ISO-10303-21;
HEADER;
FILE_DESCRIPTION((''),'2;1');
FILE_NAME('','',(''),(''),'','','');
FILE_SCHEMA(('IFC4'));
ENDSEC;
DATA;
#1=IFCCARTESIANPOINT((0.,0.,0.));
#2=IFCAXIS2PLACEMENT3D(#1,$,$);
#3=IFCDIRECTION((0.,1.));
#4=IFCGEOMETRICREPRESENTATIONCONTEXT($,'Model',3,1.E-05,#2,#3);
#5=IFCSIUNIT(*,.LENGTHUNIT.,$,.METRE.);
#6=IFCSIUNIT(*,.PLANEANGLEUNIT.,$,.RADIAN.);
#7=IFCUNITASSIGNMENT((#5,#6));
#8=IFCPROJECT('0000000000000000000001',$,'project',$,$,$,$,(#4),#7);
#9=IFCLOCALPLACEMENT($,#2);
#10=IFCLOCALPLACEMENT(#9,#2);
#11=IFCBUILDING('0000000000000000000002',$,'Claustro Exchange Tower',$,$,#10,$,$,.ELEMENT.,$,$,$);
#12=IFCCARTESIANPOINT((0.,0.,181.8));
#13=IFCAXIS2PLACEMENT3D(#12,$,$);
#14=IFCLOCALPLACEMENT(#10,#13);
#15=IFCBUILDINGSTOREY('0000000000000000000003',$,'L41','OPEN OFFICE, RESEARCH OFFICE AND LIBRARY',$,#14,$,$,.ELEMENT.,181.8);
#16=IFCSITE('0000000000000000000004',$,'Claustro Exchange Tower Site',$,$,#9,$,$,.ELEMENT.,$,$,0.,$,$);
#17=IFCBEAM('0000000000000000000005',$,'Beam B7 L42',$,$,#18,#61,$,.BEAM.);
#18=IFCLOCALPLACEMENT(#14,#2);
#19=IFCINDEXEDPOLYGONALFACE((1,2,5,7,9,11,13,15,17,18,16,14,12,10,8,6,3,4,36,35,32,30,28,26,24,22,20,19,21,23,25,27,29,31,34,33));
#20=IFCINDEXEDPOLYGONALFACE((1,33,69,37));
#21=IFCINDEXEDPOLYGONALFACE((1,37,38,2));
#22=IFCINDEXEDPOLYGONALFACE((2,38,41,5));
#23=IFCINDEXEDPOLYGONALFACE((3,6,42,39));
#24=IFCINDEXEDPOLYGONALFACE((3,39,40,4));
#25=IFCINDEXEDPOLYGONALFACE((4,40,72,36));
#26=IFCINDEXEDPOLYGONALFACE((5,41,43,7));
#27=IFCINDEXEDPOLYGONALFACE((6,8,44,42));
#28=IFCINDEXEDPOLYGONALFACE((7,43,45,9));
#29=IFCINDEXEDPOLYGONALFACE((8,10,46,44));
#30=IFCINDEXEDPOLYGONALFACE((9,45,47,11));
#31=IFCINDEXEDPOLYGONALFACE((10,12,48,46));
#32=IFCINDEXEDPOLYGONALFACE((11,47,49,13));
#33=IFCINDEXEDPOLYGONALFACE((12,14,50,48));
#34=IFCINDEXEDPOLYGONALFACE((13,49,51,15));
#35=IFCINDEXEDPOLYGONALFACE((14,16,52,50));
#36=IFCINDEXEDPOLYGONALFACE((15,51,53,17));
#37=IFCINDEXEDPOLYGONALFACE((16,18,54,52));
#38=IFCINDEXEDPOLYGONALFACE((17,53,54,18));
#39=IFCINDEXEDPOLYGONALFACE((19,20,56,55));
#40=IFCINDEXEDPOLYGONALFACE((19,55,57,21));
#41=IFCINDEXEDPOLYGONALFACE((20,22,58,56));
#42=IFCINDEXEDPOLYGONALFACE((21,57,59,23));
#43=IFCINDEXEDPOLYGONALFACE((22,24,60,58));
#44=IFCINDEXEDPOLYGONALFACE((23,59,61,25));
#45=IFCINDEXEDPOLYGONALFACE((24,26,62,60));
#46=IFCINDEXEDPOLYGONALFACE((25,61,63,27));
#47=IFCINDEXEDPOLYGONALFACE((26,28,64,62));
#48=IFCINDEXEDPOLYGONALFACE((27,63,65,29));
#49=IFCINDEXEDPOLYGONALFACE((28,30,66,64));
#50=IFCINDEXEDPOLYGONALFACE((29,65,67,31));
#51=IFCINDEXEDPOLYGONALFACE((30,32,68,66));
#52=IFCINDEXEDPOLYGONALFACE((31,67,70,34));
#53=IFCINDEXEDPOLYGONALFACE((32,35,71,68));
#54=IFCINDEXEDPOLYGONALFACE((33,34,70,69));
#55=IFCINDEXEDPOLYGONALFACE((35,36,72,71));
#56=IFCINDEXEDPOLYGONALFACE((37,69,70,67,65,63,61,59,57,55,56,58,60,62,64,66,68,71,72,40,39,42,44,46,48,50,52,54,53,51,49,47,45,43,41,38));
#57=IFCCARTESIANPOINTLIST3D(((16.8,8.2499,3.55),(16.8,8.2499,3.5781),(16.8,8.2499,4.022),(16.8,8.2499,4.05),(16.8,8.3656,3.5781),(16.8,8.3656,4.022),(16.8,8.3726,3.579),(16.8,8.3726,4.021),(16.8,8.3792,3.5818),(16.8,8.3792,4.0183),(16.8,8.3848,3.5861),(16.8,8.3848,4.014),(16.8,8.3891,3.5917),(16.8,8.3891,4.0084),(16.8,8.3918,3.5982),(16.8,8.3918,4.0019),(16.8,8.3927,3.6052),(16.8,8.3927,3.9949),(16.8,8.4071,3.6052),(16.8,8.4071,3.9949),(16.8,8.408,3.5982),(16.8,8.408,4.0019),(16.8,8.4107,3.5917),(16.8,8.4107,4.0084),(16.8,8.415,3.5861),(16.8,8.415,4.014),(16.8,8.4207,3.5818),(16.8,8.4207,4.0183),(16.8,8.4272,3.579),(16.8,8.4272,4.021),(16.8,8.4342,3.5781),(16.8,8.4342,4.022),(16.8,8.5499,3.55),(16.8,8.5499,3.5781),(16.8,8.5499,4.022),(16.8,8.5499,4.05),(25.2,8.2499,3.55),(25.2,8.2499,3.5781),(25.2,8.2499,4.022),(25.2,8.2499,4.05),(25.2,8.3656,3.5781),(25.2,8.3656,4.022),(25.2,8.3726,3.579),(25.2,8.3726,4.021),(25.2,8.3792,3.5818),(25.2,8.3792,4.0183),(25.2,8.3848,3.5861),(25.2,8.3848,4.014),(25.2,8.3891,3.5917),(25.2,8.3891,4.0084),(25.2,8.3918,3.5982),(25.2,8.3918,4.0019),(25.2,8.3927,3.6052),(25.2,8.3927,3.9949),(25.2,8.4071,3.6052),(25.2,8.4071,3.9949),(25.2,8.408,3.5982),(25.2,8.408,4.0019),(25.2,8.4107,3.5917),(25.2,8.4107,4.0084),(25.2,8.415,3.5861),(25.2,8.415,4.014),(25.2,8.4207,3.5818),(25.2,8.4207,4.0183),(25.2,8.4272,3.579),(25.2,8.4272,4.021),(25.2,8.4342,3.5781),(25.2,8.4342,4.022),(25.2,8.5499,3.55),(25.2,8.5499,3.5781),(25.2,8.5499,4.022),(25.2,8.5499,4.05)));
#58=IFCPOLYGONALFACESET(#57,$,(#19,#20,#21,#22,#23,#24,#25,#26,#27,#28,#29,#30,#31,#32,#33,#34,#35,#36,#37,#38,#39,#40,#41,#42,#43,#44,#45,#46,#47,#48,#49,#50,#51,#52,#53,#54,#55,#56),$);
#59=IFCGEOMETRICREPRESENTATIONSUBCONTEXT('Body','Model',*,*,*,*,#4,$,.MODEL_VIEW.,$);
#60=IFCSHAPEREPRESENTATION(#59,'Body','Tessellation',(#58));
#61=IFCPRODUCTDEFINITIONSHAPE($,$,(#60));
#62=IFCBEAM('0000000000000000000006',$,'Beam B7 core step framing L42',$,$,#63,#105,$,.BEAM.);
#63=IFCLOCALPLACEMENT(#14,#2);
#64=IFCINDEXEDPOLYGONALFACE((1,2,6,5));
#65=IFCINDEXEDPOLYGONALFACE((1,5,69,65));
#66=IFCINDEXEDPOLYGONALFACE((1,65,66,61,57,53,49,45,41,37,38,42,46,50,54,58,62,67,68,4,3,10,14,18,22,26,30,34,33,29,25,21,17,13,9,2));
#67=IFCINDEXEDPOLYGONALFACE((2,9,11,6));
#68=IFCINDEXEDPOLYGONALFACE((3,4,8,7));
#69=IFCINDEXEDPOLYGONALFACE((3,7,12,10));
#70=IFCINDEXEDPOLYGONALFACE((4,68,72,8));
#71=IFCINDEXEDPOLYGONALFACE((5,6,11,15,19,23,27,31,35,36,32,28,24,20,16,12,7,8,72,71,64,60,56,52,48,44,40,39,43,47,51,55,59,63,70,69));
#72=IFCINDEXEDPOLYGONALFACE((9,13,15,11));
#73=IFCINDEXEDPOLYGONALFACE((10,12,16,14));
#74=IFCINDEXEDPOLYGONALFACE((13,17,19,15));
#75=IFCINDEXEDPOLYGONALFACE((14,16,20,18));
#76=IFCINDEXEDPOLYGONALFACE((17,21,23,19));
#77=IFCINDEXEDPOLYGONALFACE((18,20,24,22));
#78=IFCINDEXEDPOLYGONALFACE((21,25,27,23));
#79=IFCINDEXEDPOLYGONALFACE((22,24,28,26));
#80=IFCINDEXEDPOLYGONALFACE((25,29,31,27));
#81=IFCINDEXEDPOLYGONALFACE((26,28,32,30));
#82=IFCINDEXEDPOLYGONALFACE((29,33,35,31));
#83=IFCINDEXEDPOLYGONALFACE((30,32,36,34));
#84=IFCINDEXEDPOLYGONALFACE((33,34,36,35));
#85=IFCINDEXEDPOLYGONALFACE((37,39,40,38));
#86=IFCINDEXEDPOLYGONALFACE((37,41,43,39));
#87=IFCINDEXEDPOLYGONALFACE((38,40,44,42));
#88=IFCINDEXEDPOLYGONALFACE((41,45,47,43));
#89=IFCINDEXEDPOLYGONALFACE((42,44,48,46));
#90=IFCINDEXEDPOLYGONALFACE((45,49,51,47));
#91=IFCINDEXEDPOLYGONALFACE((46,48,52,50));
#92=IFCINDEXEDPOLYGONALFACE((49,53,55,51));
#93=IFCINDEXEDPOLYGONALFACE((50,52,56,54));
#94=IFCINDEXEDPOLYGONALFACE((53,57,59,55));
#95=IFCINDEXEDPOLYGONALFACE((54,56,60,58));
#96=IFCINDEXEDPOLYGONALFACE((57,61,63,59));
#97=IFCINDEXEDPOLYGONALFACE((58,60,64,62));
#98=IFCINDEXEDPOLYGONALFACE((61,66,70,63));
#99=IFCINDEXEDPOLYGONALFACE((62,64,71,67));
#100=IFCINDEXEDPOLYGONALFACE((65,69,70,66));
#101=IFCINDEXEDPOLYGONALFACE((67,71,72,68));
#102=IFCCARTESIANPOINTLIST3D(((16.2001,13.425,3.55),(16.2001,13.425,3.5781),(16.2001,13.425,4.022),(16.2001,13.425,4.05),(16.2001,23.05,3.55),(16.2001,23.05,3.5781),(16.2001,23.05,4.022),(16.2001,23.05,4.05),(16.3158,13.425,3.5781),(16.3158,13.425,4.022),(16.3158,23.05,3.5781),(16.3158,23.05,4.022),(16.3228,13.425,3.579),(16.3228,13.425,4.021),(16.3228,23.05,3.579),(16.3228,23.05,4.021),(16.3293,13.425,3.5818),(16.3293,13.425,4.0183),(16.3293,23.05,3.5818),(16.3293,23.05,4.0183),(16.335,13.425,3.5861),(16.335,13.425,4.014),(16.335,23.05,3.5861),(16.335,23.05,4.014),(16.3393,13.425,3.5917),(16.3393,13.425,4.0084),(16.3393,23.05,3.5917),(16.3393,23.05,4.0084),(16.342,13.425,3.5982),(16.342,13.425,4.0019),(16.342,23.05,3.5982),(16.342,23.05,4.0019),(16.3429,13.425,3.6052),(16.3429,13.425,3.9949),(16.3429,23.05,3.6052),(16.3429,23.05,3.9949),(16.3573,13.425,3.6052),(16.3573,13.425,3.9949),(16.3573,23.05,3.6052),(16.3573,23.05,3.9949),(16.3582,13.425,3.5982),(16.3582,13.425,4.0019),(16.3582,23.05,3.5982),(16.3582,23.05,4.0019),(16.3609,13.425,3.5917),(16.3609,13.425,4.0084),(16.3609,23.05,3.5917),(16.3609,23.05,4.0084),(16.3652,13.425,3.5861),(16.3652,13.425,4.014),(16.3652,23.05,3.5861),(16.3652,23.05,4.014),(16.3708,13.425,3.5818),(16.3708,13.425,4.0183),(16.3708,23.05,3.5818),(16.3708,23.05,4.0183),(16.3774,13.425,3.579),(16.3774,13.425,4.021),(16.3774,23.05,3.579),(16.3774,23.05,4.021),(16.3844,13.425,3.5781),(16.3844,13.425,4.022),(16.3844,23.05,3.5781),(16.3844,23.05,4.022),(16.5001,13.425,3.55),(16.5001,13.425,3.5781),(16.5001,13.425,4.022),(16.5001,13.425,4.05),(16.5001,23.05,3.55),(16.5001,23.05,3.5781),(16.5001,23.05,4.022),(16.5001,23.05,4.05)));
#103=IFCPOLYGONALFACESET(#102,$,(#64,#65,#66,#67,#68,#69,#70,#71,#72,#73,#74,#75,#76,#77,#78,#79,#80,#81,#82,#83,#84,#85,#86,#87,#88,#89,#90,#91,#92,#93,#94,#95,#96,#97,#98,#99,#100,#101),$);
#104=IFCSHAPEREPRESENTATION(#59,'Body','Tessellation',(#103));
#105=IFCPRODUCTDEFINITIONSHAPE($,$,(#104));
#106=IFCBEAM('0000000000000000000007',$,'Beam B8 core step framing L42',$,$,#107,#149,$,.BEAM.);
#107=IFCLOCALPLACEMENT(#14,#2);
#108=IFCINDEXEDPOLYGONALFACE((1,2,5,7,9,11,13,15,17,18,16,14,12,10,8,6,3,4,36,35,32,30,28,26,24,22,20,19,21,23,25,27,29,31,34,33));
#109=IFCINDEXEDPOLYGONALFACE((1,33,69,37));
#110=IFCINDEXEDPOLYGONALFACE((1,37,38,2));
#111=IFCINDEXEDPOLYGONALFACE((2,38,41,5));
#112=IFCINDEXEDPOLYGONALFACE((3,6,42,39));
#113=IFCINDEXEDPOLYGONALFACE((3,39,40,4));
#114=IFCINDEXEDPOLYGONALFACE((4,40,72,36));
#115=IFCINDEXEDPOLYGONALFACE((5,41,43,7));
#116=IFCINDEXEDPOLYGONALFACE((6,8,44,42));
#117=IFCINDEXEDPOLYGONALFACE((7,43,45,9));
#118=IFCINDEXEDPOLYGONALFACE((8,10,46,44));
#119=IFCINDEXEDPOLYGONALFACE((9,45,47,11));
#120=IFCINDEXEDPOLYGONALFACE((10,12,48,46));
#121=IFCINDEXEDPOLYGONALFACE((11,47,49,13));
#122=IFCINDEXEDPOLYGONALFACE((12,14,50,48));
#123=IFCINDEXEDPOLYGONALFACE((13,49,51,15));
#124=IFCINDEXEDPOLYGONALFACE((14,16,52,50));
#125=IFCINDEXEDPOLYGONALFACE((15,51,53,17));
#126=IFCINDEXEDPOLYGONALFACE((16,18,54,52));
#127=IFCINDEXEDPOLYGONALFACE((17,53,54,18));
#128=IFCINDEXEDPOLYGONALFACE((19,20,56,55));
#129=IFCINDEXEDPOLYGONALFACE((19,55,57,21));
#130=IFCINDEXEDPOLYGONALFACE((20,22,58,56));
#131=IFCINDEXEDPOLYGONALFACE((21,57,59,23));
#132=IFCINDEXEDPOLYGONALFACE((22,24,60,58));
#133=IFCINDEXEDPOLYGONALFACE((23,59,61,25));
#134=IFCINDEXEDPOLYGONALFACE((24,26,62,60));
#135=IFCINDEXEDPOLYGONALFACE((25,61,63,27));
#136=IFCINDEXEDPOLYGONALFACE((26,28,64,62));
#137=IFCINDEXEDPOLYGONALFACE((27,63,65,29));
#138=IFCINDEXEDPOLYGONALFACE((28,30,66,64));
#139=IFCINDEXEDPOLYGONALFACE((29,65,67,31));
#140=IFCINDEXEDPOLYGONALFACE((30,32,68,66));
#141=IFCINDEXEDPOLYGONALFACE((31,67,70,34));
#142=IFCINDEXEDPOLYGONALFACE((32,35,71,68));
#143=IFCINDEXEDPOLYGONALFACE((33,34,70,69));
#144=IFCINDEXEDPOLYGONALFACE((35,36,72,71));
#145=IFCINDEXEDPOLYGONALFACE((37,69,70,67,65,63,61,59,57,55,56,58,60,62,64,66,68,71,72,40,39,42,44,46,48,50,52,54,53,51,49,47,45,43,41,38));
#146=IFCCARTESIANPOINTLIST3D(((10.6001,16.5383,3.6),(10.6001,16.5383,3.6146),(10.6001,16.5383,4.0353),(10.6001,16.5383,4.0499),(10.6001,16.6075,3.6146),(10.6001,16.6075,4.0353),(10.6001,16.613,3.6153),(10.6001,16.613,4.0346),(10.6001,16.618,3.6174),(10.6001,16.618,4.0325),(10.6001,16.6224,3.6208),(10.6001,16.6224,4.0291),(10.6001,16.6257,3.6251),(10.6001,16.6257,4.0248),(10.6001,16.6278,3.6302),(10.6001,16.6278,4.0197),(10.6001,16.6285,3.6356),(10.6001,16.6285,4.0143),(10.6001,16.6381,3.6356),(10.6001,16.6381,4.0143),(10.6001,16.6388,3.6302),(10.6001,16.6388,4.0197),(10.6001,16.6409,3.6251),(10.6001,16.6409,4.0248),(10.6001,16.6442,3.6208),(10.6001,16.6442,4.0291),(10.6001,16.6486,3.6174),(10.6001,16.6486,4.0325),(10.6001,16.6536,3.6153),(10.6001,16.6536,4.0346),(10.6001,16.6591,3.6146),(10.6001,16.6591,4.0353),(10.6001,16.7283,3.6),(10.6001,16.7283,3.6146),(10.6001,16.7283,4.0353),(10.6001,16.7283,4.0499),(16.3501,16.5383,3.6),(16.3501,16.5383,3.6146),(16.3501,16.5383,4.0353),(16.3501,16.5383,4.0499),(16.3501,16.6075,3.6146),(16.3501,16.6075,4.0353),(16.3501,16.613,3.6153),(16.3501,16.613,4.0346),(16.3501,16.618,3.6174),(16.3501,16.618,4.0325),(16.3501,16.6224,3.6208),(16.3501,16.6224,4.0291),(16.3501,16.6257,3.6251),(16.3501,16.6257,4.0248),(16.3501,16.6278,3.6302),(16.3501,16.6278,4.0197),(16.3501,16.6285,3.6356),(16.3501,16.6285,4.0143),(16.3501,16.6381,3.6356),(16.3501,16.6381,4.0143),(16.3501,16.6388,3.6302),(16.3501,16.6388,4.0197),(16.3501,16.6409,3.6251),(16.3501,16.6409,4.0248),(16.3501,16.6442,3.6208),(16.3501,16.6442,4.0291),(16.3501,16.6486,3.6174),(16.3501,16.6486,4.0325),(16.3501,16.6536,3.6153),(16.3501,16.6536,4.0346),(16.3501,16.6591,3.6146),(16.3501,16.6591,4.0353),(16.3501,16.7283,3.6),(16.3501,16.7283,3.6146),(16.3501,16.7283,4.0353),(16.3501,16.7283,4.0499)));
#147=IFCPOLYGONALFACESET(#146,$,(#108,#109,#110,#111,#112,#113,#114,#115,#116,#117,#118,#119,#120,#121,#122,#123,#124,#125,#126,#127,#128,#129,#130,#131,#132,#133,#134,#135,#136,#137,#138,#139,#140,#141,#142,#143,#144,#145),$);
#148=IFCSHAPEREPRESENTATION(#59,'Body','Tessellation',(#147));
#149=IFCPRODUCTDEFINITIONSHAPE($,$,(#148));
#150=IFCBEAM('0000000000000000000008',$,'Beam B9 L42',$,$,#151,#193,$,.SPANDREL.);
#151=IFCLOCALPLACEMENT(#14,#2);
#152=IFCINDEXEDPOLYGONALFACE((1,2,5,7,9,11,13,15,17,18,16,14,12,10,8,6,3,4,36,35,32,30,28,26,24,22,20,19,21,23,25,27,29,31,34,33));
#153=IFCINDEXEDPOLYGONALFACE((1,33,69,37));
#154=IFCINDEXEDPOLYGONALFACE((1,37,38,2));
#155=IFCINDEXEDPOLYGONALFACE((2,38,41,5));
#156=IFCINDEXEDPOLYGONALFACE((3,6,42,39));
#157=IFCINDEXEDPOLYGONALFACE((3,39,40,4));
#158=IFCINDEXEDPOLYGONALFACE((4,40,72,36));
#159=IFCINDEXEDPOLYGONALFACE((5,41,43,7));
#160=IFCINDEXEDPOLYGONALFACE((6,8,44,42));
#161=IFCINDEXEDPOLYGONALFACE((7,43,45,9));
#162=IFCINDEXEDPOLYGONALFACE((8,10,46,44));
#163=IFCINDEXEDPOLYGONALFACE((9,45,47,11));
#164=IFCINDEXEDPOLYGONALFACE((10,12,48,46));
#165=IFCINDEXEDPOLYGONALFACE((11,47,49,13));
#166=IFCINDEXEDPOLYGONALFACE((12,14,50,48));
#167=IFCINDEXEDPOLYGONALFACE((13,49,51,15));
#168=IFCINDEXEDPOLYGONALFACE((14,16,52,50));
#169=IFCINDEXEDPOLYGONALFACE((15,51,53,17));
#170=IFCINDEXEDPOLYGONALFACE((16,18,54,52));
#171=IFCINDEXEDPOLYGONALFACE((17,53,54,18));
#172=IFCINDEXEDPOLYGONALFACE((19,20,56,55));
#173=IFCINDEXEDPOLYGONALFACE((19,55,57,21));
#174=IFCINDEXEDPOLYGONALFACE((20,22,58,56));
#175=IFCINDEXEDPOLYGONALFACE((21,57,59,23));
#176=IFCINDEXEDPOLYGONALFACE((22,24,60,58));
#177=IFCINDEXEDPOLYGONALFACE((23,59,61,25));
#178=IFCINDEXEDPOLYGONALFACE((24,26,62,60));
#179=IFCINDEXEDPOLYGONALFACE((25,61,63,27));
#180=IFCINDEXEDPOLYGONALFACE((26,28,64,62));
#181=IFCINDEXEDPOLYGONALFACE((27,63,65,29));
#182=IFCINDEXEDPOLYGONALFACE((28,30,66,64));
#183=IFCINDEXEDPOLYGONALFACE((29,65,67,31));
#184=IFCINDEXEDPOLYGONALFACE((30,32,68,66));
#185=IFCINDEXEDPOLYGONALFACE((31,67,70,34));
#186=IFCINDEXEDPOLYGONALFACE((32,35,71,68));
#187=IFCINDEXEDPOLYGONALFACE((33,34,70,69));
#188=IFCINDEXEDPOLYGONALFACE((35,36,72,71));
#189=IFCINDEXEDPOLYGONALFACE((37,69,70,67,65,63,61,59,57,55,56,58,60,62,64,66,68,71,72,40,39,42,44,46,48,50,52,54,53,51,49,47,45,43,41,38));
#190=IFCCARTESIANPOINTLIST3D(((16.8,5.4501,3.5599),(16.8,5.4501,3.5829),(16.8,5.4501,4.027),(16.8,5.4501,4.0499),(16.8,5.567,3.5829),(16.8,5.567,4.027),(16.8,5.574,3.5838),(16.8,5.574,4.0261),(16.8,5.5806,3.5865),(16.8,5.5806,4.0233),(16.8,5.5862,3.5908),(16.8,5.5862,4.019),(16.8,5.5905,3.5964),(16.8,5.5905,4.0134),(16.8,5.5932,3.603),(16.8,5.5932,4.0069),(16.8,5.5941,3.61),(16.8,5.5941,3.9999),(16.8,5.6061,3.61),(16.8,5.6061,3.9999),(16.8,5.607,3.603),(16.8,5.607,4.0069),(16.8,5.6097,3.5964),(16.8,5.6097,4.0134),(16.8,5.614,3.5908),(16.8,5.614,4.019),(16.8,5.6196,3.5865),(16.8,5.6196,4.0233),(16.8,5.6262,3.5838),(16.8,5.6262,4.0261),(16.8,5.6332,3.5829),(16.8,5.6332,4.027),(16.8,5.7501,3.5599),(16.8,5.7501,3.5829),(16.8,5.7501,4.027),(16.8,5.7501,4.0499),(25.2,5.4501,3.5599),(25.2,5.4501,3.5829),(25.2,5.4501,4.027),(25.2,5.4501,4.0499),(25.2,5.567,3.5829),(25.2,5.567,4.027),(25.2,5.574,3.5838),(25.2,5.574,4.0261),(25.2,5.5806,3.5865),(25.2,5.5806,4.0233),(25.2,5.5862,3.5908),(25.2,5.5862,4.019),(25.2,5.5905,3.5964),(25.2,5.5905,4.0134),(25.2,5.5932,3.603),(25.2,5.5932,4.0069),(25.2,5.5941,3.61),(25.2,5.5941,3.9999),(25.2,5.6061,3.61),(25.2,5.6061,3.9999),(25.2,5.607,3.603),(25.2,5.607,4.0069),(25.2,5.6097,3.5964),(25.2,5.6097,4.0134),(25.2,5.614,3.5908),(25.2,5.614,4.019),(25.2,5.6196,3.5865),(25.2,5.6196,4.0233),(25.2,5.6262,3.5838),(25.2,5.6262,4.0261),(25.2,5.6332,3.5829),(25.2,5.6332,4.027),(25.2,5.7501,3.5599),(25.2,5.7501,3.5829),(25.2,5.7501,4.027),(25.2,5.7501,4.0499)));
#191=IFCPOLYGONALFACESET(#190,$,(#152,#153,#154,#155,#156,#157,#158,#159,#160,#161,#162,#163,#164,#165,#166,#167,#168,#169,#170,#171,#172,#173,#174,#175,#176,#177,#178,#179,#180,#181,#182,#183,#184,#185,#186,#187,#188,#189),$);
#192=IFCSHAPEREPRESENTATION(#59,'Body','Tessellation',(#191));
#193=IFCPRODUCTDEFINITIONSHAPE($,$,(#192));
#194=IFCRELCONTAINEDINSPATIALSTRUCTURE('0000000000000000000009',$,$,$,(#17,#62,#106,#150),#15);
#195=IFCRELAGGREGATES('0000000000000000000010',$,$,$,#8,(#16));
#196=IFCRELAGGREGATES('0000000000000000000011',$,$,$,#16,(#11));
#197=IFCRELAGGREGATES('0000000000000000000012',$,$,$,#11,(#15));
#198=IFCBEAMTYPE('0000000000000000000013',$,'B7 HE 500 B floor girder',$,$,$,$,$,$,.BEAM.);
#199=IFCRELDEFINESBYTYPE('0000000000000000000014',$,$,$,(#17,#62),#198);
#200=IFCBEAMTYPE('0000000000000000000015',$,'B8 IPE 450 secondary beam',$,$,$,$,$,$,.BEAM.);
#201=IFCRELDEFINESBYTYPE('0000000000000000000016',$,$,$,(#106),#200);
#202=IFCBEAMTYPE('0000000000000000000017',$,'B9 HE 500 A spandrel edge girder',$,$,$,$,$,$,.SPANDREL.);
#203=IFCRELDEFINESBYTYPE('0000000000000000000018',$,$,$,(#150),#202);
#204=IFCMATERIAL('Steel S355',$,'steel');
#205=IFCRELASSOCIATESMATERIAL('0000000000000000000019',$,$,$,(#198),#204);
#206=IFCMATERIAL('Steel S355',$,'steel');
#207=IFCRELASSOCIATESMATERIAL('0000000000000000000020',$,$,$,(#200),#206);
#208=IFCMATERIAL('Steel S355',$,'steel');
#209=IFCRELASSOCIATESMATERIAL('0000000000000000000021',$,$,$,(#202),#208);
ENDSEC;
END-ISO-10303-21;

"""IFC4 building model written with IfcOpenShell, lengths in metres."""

from ifc_helpers import new_model, si_unit, direction, frame, origin, origin_2d, place, context, subcontext, project, spatial, i_section, extrude, material, material_profile, profile_set, type_object, element, save


model = new_model("IFC4")

# Units and contexts
model_context = context("Model", 3, precision=1e-05, world=origin(), true_north=direction((0.0, 1.0)))
body_context = subcontext(model_context, "Body", "Model", "MODEL_VIEW")
ifc_project = project(units=[si_unit("LENGTHUNIT", "METRE"), si_unit("PLANEANGLEUNIT", "RADIAN")], contexts=[model_context])

# Site, building, storey
site_placement = place(None, origin())
site = spatial("IfcSite", under=ifc_project, at=site_placement, Name="Claustro Exchange Tower Site", CompositionType="ELEMENT", RefElevation=0.0)
building_placement = place(site_placement, origin())
building = spatial("IfcBuilding", under=site, at=building_placement, Name="Claustro Exchange Tower", CompositionType="ELEMENT")
storey_placement = place(building_placement, frame((0.0, 0.0, 181.8)))
storey = spatial("IfcBuildingStorey", under=building, at=storey_placement, Name="L41", Description="OPEN OFFICE, RESEARCH OFFICE AND LIBRARY", CompositionType="ELEMENT", Elevation=181.8)

# Beams
ifc_material_1 = material(Name="Steel S355", Category="steel")
ifc_material_profile_1 = material_profile(ifc_material_1, i_section(OverallWidth=0.3, OverallDepth=0.5, WebThickness=0.0144, FlangeThickness=0.0281, FilletRadius=0.0271, at=origin_2d()), Name="HE 500 B")
ifc_profile_set_1 = profile_set([ifc_material_profile_1], Name="Steel S355")
beam_type_1 = type_object("IfcBeamType", Name="B7 HE 500 B floor girder", PredefinedType="BEAM", material=ifc_profile_set_1)
beam_1_placement = place(storey_placement, frame((16.8, 8.3999, 3.8), z_axis=(1.0, 0.0, 0.0), x_axis=(0.0, 1.0, 0.0)))
element("IfcBeam", 1, at=beam_1_placement, inside=storey, type_object=beam_type_1, Name="Beam B7 L42", PredefinedType="BEAM", context=body_context, shape_type="SweptSolid", body=[
    extrude(i_section(OverallWidth=0.3, OverallDepth=0.5, WebThickness=0.0144, FlangeThickness=0.0281, FilletRadius=0.0271, at=origin_2d()), origin(), (0.0, 0.0, 1.0), 8.3999),
])
beam_2_placement = place(storey_placement, frame((16.3501, 13.425, 3.8), z_axis=(0.0, 1.0, 0.0), x_axis=(-1.0, 0.0, 0.0)))
element("IfcBeam", 2, at=beam_2_placement, inside=storey, type_object=beam_type_1, Name="Beam B7 core step framing L42", PredefinedType="BEAM", context=body_context, shape_type="SweptSolid", body=[
    extrude(i_section(OverallWidth=0.3, OverallDepth=0.5, WebThickness=0.0144, FlangeThickness=0.0281, FilletRadius=0.0271, at=origin_2d()), origin(), (0.0, 0.0, 1.0), 9.625),
])
ifc_material_2 = material(Name="Steel S355", Category="steel")
ifc_material_profile_2 = material_profile(ifc_material_2, i_section(OverallWidth=0.1899, OverallDepth=0.45, WebThickness=0.0095, FlangeThickness=0.0146, FilletRadius=0.021, at=origin_2d()), Name="IPE 450")
ifc_profile_set_2 = profile_set([ifc_material_profile_2], Name="Steel S355")
beam_type_2 = type_object("IfcBeamType", Name="B8 IPE 450 secondary beam", PredefinedType="BEAM", material=ifc_profile_set_2)
beam_3_placement = place(storey_placement, frame((10.6001, 16.6333, 3.825), z_axis=(1.0, 0.0, 0.0), x_axis=(0.0, 1.0, 0.0)))
element("IfcBeam", 3, at=beam_3_placement, inside=storey, type_object=beam_type_2, Name="Beam B8 core step framing L42", PredefinedType="BEAM", context=body_context, shape_type="SweptSolid", body=[
    extrude(i_section(OverallWidth=0.1899, OverallDepth=0.45, WebThickness=0.0095, FlangeThickness=0.0146, FilletRadius=0.021, at=origin_2d()), origin(), (0.0, 0.0, 1.0), 5.75),
])
ifc_material_3 = material(Name="Steel S355", Category="steel")
ifc_material_profile_3 = material_profile(ifc_material_3, i_section(OverallWidth=0.3, OverallDepth=0.49, WebThickness=0.012, FlangeThickness=0.0229, FilletRadius=0.0271, at=origin_2d()), Name="HE 500 A")
ifc_profile_set_3 = profile_set([ifc_material_profile_3], Name="Steel S355")
beam_type_3 = type_object("IfcBeamType", Name="B9 HE 500 A spandrel edge girder", PredefinedType="SPANDREL", material=ifc_profile_set_3)
beam_4_placement = place(storey_placement, frame((16.8, 5.6001, 3.8049), z_axis=(1.0, 0.0, 0.0), x_axis=(0.0, 1.0, 0.0)))
element("IfcBeam", 4, at=beam_4_placement, inside=storey, type_object=beam_type_3, Name="Beam B9 L42", PredefinedType="SPANDREL", context=body_context, shape_type="SweptSolid", body=[
    extrude(i_section(OverallWidth=0.3, OverallDepth=0.49, WebThickness=0.012, FlangeThickness=0.0229, FilletRadius=0.0271, at=origin_2d()), origin(), (0.0, 0.0, 1.0), 8.3999),
])

save(model, "model.ifc")
